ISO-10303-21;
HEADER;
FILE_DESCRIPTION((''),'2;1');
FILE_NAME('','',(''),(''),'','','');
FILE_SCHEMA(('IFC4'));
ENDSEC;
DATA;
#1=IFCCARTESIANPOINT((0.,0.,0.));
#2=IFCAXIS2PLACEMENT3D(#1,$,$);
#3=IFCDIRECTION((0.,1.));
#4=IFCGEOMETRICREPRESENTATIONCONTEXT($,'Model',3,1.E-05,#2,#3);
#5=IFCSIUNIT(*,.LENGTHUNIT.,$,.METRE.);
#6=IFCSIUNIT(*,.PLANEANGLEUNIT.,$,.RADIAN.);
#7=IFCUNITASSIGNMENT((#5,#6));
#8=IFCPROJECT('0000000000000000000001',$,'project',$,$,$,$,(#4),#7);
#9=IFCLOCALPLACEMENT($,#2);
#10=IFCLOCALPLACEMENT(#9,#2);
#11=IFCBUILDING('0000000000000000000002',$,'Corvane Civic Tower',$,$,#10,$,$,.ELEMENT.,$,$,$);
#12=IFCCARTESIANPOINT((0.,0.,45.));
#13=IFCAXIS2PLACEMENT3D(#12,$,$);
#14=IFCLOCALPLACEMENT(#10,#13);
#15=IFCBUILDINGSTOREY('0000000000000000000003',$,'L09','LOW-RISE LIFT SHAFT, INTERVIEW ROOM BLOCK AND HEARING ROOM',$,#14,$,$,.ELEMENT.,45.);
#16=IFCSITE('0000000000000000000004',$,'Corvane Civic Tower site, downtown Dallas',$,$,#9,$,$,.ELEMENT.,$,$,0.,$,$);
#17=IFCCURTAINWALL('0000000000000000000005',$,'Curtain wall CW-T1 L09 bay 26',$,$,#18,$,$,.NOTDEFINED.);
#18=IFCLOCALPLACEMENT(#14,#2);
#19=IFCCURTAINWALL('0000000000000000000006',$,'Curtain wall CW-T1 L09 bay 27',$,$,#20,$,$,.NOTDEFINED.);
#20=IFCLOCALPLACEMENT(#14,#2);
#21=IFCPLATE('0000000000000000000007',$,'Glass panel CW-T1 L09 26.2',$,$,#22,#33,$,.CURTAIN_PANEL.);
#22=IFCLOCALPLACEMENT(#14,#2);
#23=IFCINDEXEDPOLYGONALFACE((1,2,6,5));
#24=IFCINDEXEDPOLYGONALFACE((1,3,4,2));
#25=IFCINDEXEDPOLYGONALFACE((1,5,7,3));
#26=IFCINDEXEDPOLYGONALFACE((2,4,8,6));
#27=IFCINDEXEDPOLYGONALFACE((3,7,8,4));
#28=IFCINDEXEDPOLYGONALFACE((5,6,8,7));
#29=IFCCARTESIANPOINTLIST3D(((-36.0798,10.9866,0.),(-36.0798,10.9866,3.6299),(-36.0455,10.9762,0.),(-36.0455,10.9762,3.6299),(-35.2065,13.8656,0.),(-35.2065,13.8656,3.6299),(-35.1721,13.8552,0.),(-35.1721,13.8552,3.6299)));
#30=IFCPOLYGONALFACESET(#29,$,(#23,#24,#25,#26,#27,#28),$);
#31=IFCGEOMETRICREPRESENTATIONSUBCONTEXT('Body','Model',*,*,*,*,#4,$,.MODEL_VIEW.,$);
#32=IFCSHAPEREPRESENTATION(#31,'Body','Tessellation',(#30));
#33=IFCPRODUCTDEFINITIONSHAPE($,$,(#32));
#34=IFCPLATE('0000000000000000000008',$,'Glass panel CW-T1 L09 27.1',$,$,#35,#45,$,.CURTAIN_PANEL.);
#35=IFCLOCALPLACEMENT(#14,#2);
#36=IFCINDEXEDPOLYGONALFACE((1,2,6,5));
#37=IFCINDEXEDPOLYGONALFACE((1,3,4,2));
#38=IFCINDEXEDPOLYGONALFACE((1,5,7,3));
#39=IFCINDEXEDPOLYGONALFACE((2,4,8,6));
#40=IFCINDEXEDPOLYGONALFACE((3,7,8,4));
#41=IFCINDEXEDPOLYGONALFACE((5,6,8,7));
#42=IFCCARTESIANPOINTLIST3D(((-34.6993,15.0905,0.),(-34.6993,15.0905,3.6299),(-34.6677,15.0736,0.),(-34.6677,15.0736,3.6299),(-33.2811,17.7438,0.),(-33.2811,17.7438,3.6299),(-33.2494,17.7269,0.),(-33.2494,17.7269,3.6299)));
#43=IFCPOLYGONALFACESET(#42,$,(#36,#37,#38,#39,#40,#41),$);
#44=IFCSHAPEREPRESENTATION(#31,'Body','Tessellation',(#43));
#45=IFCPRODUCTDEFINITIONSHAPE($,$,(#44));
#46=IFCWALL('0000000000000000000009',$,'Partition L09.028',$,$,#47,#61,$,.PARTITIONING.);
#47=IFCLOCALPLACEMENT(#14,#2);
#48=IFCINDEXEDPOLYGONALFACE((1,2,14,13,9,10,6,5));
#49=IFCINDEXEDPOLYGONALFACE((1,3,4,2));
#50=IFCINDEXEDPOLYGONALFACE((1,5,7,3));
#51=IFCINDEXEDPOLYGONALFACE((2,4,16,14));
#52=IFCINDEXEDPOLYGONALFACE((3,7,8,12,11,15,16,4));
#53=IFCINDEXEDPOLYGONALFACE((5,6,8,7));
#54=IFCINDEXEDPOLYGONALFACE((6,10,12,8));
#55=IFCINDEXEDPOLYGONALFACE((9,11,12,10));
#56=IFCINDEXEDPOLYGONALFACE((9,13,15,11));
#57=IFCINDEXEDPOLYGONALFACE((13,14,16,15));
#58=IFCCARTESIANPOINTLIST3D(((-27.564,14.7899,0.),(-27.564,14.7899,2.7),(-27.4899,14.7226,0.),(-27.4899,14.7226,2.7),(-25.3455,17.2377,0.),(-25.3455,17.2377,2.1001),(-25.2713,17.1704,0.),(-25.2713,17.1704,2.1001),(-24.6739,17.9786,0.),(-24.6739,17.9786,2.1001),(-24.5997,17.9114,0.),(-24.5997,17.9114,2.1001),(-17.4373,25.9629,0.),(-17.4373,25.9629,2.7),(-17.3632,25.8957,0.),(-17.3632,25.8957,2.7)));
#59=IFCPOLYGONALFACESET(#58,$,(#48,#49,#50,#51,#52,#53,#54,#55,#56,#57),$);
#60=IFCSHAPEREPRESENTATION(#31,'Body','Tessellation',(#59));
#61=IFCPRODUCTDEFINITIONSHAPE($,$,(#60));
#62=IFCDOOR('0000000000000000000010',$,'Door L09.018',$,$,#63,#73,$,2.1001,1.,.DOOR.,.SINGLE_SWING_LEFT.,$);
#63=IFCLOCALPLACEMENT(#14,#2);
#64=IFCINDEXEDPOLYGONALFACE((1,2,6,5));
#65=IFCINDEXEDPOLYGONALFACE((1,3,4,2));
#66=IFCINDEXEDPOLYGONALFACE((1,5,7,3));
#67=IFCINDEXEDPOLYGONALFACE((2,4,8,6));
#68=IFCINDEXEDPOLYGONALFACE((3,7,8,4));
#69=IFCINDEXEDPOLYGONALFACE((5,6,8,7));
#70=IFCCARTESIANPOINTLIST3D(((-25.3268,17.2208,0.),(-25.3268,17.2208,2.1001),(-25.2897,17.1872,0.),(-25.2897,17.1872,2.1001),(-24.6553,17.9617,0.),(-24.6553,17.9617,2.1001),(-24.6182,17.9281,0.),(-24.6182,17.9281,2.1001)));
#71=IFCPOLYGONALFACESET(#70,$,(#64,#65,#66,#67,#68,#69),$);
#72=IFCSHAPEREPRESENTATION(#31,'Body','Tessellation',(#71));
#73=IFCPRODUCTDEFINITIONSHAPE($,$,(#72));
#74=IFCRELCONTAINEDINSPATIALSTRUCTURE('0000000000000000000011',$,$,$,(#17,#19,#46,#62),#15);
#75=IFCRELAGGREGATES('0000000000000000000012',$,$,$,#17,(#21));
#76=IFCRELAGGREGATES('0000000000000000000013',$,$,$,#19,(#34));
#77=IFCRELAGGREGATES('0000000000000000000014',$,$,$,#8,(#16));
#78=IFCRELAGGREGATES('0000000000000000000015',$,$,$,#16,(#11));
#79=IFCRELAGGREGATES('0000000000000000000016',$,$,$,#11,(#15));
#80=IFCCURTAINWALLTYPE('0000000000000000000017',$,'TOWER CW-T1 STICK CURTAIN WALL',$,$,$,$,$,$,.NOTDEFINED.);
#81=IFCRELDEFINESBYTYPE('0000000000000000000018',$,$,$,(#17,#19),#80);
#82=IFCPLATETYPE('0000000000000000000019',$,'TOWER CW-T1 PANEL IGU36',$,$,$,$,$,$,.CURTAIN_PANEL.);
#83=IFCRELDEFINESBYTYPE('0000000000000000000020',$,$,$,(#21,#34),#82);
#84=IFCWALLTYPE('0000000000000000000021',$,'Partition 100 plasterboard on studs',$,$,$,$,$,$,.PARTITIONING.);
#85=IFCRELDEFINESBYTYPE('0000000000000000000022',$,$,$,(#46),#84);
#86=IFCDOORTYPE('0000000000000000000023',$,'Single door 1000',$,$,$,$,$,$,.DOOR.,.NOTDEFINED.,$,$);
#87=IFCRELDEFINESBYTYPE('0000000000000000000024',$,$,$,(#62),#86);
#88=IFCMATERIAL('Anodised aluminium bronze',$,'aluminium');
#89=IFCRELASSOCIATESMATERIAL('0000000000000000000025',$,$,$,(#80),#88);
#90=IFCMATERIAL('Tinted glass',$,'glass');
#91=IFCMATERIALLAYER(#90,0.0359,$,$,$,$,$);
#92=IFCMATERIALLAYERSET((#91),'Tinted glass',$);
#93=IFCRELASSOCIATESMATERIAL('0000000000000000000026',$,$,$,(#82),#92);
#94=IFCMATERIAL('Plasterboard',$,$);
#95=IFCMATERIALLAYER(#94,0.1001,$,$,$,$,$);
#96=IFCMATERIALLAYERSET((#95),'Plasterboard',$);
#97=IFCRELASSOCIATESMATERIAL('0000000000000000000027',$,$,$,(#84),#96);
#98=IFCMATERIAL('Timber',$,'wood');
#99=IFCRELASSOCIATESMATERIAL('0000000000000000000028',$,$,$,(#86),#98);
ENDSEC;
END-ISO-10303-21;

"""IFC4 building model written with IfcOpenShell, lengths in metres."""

from ifc_helpers import new_model, si_unit, direction, frame, frame_2d, origin, origin_2d, place, context, subcontext, project, spatial, rectangle, extrude, material, layer, layer_set, type_object, element, fill, aggregate, save


model = new_model("IFC4")

# Units and contexts
model_context = context("Model", 3, precision=1e-05, world=origin(), true_north=direction((0.0, 1.0)))
body_context = subcontext(model_context, "Body", "Model", "MODEL_VIEW")
ifc_project = project(units=[si_unit("LENGTHUNIT", "METRE"), si_unit("PLANEANGLEUNIT", "RADIAN")], contexts=[model_context])

# Site, building, storey
site_placement = place(None, origin())
site = spatial("IfcSite", under=ifc_project, at=site_placement, Name="Corvane Civic Tower site, downtown Dallas", CompositionType="ELEMENT", RefElevation=0.0)
building_placement = place(site_placement, origin())
building = spatial("IfcBuilding", under=site, at=building_placement, Name="Corvane Civic Tower", CompositionType="ELEMENT")
storey_placement = place(building_placement, frame((0.0, 0.0, 45.0)))
storey = spatial("IfcBuildingStorey", under=building, at=storey_placement, Name="L09", Description="LOW-RISE LIFT SHAFT, INTERVIEW ROOM BLOCK AND HEARING ROOM", CompositionType="ELEMENT", Elevation=45.0)

# Curtain wall
ifc_material_1 = material(Name="Anodised aluminium bronze", Category="aluminium")
curtain_wall_type = type_object("IfcCurtainWallType", Name="TOWER CW-T1 STICK CURTAIN WALL", PredefinedType="NOTDEFINED", material=ifc_material_1)
curtain_wall_1_placement = place(storey_placement, origin())
curtain_wall_1 = element("IfcCurtainWall", 1, at=curtain_wall_1_placement, inside=storey, type_object=curtain_wall_type, Name="Curtain wall CW-T1 L09 bay 26", PredefinedType="NOTDEFINED")

# Curtain wall
curtain_wall_2_placement = place(storey_placement, origin())
curtain_wall_2 = element("IfcCurtainWall", 2, at=curtain_wall_2_placement, inside=storey, type_object=curtain_wall_type, Name="Curtain wall CW-T1 L09 bay 27", PredefinedType="NOTDEFINED")

# Shared definitions
ifc_material_2 = material(Name="Tinted glass", Category="glass")
ifc_layer_1 = layer(ifc_material_2, 0.0359)
ifc_layer_set_1 = layer_set([ifc_layer_1], Name="Tinted glass")
plate_type = type_object("IfcPlateType", Name="TOWER CW-T1 PANEL IGU36", PredefinedType="CURTAIN_PANEL", material=ifc_layer_set_1)

# Plates
plate_1_placement = place(storey_placement, frame((-35.626, 12.4209, 0.0), z_axis=(0.0, 0.0, 1.0), x_axis=(0.290278, 0.956942, 0.0)))
plate_1 = element("IfcPlate", 3, at=plate_1_placement, type_object=plate_type, Name="Glass panel CW-T1 L09 26.2", PredefinedType="CURTAIN_PANEL", context=body_context, shape_type="SweptSolid", body=[
    extrude(rectangle(XDim=3.0085, YDim=0.0359, at=origin_2d()), origin(), (0.0, 0.0, 1.0), 3.6299),
])
aggregate(curtain_wall_1, [plate_1])
plate_2_placement = place(storey_placement, frame((-33.9744, 16.4087, 0.0), z_axis=(0.0, 0.0, 1.0), x_axis=(0.471404, 0.881918, 0.0)))
plate_2 = element("IfcPlate", 4, at=plate_2_placement, type_object=plate_type, Name="Glass panel CW-T1 L09 27.1", PredefinedType="CURTAIN_PANEL", context=body_context, shape_type="SweptSolid", body=[
    extrude(rectangle(XDim=3.0085, YDim=0.0359, at=origin_2d()), origin(), (0.0, 0.0, 1.0), 3.6299),
])
aggregate(curtain_wall_2, [plate_2])

# Wall, opening, door
ifc_material_3 = material(Name="Plasterboard")
ifc_layer_2 = layer(ifc_material_3, 0.1001)
ifc_layer_set_2 = layer_set([ifc_layer_2], Name="Plasterboard")
wall_type = type_object("IfcWallType", Name="Partition 100 plasterboard on studs", PredefinedType="PARTITIONING", material=ifc_layer_set_2)
wall_placement = place(storey_placement, frame((-27.5269, 14.7563, 0.0), z_axis=(0.0, 0.0, 1.0), x_axis=(0.671559, 0.740951, 0.0)))
wall = element("IfcWall", 5, at=wall_placement, inside=storey, type_object=wall_type, Name="Partition L09.028", PredefinedType="PARTITIONING", context=body_context, shape_type="SweptSolid", body=[
    extrude(rectangle(XDim=15.0793, YDim=0.1001, at=frame_2d((7.5396, 0.0))), origin(), (0.0, 0.0, 1.0), 2.7),
])
opening_placement = place(wall_placement, frame((3.3035, 0.0, 0.0)))
opening = element("IfcOpeningElement", 6, at=opening_placement, cuts=wall, PredefinedType="OPENING", context=body_context, shape_type="SweptSolid", body=[
    extrude(rectangle(XDim=1.0, YDim=2.1001, at=frame_2d((0.5, 1.05))), frame((0.0, 0.0601, 0.0), z_axis=(0.0, -1.0, 0.0), x_axis=(1.0, 0.0, 0.0)), (0.0, 0.0, 1.0), 0.1201),
])
ifc_material_4 = material(Name="Timber", Category="wood")
door_type = type_object("IfcDoorType", Name="Single door 1000", OperationType="NOTDEFINED", PredefinedType="DOOR", material=ifc_material_4)
door_placement = place(opening_placement, origin())
door = element("IfcDoor", 7, at=door_placement, inside=storey, type_object=door_type, Name="Door L09.018", OperationType="SINGLE_SWING_LEFT", OverallHeight=2.1001, OverallWidth=1.0, PredefinedType="DOOR", context=body_context, shape_type="SweptSolid", body=[
    extrude(rectangle(XDim=1.0, YDim=2.1001, at=frame_2d((0.5, 1.05))), frame((0.0, 0.0249, 0.0), z_axis=(0.0, -1.0, 0.0), x_axis=(1.0, 0.0, 0.0)), (0.0, 0.0, 1.0), 0.05),
])
fill(opening, door)

save(model, "model.ifc")
